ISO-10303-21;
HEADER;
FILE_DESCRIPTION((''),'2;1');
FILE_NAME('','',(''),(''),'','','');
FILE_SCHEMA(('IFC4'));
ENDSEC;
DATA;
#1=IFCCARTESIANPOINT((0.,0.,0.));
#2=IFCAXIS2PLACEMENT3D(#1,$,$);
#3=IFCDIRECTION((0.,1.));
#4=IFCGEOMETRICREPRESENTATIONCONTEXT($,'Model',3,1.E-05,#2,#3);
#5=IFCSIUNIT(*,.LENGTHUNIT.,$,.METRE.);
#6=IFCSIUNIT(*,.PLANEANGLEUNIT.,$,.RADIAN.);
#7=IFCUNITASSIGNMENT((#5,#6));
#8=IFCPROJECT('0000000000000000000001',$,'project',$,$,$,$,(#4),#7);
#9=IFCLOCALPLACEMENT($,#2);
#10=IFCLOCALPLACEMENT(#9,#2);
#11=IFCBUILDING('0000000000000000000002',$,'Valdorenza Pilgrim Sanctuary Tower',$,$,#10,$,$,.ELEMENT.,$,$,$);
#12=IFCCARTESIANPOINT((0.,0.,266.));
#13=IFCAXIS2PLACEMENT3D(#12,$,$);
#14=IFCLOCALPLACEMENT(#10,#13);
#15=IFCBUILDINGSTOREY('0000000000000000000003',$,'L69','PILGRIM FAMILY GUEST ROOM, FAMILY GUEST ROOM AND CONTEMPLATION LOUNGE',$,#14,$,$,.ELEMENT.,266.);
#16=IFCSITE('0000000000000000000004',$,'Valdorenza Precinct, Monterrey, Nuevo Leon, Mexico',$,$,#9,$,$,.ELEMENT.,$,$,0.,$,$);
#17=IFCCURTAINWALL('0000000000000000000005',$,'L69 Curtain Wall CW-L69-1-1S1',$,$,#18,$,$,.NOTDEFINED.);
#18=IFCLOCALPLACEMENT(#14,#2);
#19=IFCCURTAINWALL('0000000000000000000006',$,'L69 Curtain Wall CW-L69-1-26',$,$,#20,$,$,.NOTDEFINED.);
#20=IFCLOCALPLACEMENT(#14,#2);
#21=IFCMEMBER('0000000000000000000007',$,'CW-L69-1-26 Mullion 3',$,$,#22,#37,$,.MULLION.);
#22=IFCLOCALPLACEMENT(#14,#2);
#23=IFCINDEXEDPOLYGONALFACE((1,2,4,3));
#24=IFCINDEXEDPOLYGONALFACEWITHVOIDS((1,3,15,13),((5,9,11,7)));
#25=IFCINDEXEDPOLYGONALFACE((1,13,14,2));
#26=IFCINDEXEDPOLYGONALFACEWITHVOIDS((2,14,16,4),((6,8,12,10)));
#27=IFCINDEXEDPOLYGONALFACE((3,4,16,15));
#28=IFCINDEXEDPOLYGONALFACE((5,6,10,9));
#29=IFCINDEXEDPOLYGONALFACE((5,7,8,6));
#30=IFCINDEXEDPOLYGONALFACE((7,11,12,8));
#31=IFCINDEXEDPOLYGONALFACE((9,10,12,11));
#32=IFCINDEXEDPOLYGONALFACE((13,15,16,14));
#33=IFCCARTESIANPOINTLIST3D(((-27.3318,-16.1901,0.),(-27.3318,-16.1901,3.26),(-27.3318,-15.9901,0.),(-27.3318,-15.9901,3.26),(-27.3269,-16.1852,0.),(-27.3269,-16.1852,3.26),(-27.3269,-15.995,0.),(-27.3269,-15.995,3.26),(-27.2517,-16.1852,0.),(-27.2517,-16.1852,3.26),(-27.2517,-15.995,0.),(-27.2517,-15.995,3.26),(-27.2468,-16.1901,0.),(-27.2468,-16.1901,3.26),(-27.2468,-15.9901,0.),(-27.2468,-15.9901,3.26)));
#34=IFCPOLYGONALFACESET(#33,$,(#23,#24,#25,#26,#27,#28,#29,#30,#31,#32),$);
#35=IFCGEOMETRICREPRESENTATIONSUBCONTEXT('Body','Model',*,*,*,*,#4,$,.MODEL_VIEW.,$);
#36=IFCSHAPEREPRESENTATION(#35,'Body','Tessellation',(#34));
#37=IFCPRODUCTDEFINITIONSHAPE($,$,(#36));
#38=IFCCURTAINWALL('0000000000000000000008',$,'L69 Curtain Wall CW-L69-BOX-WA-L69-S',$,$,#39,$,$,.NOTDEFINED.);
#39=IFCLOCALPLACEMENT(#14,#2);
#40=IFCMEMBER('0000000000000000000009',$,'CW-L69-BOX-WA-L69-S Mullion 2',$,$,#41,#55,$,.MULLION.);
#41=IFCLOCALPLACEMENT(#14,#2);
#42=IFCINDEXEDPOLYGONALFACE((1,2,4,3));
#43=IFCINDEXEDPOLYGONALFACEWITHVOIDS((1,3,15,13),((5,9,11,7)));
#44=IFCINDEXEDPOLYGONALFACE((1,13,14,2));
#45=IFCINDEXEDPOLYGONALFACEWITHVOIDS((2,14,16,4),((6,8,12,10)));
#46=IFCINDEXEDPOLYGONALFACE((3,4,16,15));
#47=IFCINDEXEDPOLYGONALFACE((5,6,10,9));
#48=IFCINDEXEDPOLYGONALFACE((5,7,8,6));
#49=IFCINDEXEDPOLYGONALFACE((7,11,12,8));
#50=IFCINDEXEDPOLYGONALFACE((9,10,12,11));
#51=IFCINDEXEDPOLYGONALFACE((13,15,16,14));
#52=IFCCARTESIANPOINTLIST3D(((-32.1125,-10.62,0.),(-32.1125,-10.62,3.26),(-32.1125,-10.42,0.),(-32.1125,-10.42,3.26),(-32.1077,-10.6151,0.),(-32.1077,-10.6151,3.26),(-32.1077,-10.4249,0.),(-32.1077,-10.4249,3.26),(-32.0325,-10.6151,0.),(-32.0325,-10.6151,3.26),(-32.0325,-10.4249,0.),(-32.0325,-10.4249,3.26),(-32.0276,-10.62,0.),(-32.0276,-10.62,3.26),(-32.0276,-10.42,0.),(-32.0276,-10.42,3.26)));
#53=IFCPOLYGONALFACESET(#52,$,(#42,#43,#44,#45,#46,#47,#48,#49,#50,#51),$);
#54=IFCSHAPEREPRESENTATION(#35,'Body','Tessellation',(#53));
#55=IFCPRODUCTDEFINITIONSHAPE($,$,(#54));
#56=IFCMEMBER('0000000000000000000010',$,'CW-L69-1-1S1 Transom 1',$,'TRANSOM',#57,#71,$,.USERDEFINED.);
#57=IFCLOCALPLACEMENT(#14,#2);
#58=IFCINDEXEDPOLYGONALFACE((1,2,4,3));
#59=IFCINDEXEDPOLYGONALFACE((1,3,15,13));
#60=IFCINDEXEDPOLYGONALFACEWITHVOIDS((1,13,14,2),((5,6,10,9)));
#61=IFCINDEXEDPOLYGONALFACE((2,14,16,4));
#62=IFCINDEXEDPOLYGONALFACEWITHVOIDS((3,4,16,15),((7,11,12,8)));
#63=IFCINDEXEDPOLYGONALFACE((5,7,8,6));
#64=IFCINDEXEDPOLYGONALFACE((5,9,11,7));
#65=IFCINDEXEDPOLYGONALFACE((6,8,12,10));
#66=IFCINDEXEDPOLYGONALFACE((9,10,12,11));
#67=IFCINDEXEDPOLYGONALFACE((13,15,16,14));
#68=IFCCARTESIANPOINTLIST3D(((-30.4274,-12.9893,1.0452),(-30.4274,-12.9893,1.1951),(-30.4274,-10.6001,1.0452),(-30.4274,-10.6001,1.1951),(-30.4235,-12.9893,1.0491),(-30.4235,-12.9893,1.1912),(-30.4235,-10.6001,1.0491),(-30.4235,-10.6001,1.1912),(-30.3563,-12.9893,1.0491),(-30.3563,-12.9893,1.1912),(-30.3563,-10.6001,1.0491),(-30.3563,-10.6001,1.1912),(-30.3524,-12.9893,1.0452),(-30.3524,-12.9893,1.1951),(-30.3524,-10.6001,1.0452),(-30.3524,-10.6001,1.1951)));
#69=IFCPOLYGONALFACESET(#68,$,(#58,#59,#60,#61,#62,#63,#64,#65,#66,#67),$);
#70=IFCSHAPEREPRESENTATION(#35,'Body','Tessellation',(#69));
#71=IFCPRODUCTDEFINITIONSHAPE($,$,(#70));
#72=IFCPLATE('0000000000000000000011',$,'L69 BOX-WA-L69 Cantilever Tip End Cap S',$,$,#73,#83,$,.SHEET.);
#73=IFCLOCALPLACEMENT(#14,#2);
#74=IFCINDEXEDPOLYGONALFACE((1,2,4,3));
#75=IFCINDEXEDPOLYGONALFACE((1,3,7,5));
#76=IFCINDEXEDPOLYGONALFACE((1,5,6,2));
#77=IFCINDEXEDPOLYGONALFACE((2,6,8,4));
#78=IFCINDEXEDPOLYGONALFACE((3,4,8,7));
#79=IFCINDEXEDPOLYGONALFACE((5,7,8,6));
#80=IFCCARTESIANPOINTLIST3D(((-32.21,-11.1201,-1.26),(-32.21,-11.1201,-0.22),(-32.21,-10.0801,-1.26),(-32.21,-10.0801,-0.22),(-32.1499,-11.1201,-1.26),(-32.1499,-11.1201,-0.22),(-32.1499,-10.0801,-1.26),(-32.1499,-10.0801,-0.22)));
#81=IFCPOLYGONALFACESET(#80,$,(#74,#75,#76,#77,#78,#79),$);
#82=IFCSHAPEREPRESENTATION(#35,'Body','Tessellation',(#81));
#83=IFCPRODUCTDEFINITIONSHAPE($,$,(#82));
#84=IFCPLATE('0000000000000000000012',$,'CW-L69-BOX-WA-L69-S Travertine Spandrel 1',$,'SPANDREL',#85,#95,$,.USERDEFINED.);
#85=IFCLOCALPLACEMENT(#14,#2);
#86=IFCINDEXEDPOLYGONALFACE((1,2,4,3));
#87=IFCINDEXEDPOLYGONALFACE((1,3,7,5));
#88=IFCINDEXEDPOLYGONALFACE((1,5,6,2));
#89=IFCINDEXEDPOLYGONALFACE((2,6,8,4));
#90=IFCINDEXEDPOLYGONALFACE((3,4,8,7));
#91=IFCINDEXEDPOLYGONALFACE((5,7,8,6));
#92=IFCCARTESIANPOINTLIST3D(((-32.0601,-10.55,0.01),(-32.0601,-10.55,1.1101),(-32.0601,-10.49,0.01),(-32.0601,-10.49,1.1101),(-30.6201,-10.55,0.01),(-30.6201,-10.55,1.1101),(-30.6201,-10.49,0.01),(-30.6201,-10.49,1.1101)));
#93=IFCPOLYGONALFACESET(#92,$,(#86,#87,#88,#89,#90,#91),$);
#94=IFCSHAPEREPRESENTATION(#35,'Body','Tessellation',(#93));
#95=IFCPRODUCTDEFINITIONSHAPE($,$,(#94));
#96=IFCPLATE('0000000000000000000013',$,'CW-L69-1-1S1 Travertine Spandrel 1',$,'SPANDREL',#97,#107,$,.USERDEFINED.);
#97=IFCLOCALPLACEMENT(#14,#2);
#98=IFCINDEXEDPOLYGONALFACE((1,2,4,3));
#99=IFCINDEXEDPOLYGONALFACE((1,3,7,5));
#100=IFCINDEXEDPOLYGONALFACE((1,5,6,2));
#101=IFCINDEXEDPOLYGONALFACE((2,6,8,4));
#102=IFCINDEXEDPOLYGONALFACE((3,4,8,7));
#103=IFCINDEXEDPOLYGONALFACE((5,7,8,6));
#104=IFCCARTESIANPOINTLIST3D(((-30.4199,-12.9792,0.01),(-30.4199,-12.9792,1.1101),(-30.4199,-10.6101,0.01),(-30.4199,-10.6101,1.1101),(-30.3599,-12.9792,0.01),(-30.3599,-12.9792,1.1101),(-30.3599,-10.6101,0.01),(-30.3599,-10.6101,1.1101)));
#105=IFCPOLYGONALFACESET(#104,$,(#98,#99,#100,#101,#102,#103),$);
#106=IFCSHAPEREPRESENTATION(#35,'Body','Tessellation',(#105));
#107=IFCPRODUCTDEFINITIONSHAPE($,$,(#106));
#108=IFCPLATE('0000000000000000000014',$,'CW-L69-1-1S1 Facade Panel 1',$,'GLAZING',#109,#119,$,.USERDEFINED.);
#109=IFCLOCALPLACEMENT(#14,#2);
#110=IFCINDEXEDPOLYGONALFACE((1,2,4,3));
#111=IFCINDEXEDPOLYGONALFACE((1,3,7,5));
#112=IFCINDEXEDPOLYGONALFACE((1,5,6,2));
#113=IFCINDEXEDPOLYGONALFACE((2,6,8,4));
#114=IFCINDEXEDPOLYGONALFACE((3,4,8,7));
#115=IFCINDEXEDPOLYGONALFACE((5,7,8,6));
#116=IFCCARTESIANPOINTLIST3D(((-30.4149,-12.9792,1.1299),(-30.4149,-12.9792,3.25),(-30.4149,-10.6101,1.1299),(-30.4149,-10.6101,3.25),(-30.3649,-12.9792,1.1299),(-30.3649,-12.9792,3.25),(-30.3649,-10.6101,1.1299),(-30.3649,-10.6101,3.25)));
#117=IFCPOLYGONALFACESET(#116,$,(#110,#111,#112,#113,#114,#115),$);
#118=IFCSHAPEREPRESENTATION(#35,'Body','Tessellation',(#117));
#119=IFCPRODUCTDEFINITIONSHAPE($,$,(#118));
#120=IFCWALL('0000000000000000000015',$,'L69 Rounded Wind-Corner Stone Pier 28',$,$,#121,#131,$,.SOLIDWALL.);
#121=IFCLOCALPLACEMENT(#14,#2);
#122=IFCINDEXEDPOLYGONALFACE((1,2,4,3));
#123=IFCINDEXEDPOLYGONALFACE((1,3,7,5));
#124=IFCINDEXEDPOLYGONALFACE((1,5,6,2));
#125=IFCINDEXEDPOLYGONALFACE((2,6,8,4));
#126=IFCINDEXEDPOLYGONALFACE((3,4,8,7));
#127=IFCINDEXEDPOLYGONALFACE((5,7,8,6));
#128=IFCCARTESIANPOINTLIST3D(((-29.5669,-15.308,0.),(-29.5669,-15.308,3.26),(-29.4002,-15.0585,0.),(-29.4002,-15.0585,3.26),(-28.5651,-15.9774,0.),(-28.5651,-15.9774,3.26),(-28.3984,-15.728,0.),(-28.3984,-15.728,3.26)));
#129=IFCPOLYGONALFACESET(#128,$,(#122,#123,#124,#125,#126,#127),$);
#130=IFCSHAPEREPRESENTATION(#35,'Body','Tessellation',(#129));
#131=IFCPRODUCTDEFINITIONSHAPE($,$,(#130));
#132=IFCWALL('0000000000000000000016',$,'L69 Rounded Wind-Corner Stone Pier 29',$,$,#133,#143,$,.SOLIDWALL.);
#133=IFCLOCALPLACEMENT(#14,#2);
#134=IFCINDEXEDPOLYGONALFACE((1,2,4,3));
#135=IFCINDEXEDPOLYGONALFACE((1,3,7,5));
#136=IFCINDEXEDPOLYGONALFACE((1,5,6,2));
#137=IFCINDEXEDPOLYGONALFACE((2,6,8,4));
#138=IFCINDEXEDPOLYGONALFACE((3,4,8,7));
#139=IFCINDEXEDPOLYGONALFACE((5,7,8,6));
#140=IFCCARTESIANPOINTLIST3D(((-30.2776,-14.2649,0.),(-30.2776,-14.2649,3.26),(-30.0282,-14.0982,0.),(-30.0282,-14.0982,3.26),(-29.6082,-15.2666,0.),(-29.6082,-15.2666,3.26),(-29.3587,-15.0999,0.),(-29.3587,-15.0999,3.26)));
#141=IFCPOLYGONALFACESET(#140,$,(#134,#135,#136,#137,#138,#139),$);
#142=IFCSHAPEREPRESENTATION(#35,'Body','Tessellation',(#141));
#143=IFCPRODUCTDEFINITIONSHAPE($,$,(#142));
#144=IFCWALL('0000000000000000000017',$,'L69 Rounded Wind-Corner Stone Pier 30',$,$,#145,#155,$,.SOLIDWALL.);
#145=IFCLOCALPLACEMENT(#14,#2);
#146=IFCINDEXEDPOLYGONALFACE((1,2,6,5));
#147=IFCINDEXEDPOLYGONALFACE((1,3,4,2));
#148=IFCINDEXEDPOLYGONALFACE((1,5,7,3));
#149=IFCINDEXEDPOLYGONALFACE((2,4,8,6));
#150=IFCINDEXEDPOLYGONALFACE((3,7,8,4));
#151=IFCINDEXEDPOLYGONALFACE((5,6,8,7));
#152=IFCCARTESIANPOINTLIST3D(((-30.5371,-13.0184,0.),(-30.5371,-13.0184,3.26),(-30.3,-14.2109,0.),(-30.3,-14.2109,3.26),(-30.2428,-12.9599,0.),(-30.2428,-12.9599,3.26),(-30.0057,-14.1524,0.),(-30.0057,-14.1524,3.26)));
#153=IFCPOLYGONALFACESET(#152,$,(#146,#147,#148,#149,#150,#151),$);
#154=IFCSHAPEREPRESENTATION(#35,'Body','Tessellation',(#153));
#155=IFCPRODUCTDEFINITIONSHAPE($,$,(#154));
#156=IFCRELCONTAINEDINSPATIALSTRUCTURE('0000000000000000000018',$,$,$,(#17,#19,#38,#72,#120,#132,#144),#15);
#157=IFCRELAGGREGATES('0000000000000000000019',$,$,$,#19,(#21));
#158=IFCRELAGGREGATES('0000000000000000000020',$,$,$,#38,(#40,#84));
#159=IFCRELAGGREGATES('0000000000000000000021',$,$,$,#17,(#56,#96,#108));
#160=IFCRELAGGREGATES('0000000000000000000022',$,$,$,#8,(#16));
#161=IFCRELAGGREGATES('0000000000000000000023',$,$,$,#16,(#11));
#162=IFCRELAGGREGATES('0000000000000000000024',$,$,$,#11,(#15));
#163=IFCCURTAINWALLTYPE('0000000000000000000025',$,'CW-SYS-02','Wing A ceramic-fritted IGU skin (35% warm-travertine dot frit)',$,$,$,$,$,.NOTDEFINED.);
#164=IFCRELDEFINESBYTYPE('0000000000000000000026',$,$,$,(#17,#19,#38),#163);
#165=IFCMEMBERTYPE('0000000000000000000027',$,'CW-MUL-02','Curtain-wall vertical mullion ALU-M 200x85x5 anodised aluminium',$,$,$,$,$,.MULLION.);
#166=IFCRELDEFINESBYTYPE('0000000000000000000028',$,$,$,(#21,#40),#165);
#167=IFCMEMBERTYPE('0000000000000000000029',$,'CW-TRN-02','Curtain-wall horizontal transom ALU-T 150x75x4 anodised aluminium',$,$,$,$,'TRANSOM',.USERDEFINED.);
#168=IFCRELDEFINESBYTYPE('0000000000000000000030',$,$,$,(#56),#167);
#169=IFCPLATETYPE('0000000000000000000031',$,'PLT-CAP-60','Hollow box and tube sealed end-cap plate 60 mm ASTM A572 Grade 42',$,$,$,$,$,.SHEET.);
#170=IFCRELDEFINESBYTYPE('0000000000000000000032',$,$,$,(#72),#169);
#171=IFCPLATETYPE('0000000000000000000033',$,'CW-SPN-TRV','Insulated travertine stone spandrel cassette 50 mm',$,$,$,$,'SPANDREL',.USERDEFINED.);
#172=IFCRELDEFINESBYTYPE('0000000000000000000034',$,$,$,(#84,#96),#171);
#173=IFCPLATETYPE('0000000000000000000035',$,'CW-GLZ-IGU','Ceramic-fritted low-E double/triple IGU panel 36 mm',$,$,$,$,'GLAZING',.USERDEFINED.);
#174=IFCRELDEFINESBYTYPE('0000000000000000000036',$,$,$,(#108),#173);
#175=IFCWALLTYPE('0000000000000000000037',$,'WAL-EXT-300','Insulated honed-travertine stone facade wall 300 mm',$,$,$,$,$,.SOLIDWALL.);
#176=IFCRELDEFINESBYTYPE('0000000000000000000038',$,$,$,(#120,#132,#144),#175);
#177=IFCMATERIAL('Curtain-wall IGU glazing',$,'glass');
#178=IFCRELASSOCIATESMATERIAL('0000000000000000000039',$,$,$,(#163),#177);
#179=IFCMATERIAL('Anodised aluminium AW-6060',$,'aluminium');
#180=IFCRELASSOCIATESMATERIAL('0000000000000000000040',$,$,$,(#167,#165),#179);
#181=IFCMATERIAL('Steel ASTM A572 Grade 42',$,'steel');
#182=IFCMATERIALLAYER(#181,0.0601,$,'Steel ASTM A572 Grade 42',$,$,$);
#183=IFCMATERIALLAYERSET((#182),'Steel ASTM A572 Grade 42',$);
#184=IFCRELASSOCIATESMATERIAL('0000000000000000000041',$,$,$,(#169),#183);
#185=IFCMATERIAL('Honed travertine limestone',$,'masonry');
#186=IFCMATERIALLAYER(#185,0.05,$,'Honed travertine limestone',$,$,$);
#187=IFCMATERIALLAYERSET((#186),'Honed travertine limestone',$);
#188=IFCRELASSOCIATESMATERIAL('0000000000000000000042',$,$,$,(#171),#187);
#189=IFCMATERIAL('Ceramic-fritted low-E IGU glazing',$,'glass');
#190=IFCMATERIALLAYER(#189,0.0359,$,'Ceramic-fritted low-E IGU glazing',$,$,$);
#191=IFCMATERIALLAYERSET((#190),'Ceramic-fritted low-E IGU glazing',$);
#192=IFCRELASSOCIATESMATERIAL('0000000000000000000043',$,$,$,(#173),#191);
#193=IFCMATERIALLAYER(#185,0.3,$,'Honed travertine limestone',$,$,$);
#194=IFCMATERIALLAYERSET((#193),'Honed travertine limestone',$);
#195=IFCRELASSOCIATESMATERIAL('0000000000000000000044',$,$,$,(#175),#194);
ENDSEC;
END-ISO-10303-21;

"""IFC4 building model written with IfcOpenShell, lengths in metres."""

from ifc_helpers import new_model, si_unit, direction, frame, frame_2d, origin, origin_2d, place, context, subcontext, project, spatial, rectangle, hollow_rectangle, extrude, source, transform, mapped, material, layer, layer_set, material_profile, profile_set, type_object, element, aggregate, save


model = new_model("IFC4")

# Units and contexts
model_context = context("Model", 3, precision=1e-05, world=origin(), true_north=direction((0.0, 1.0)))
body_context = subcontext(model_context, "Body", "Model", "MODEL_VIEW")
ifc_project = project(units=[si_unit("LENGTHUNIT", "METRE"), si_unit("PLANEANGLEUNIT", "RADIAN")], contexts=[model_context])

# Site, building, storey
site_placement = place(None, origin())
site = spatial("IfcSite", under=ifc_project, at=site_placement, Name="Valdorenza Precinct, Monterrey, Nuevo Leon, Mexico", CompositionType="ELEMENT", RefElevation=0.0)
building_placement = place(site_placement, origin())
building = spatial("IfcBuilding", under=site, at=building_placement, Name="Valdorenza Pilgrim Sanctuary Tower", CompositionType="ELEMENT")
storey_placement = place(building_placement, frame((0.0, 0.0, 266.0)))
storey = spatial("IfcBuildingStorey", under=building, at=storey_placement, Name="L69", Description="PILGRIM FAMILY GUEST ROOM, FAMILY GUEST ROOM AND CONTEMPLATION LOUNGE", CompositionType="ELEMENT", Elevation=266.0)

# Shared definitions
ifc_material_1 = material(Name="Steel ASTM A572 Grade 42", Category="steel")

# Shared definitions
ifc_material_2 = material(Name="Curtain-wall IGU glazing", Category="glass")
curtain_wall_type = type_object("IfcCurtainWallType", Name="CW-SYS-02", Description="Wing A ceramic-fritted IGU skin (35% warm-travertine dot frit)", PredefinedType="NOTDEFINED", material=ifc_material_2)
ifc_material_3 = material(Name="Anodised aluminium AW-6060", Category="aluminium")
ifc_material_profile_1 = material_profile(ifc_material_3, hollow_rectangle(XDim=0.075, YDim=0.1499, WallThickness=0.0039, at=origin_2d()), Name="ALU-T 150x75x4")
ifc_profile_set_1 = profile_set([ifc_material_profile_1], Name="Anodised aluminium AW-6060")
member_type_1 = type_object("IfcMemberType", Name="CW-TRN-02", Description="Curtain-wall horizontal transom ALU-T 150x75x4 anodised aluminium", ElementType="TRANSOM", PredefinedType="USERDEFINED", material=ifc_profile_set_1)

# Curtain wall
curtain_wall_1_placement = place(storey_placement, origin())
curtain_wall_1 = element("IfcCurtainWall", 1, at=curtain_wall_1_placement, inside=storey, type_object=curtain_wall_type, Name="L69 Curtain Wall CW-L69-1-1S1", PredefinedType="NOTDEFINED")
ifc_material_profile_2 = material_profile(ifc_material_3, hollow_rectangle(XDim=0.085, YDim=0.2, WallThickness=0.0049, at=origin_2d()), Name="ALU-M 200x85x5")
ifc_profile_set_2 = profile_set([ifc_material_profile_2], Name="Anodised aluminium AW-6060")
member_type_2 = type_object("IfcMemberType", Name="CW-MUL-02", Description="Curtain-wall vertical mullion ALU-M 200x85x5 anodised aluminium", PredefinedType="MULLION", material=ifc_profile_set_2)
shared_shape_1 = source(origin(), body_context, "Body", "SweptSolid", [
    extrude(hollow_rectangle(XDim=0.085, YDim=0.2, WallThickness=0.0049, at=origin_2d()), origin(), (0.0, 0.0, 1.0), 3.26),
])

# Curtain walls, members
curtain_wall_2_placement = place(storey_placement, origin())
curtain_wall_2 = element("IfcCurtainWall", 2, at=curtain_wall_2_placement, inside=storey, type_object=curtain_wall_type, Name="L69 Curtain Wall CW-L69-1-26", PredefinedType="NOTDEFINED")
member_1_placement = place(storey_placement, frame((-27.2893, -16.0901, 0.0), z_axis=(0.0, 0.0, 1.0), x_axis=(-1.0, 0.0, 0.0)))
member_1 = element("IfcMember", 3, at=member_1_placement, type_object=member_type_2, Name="CW-L69-1-26 Mullion 3", PredefinedType="MULLION", context=body_context, shape_type="MappedRepresentation", body=[
    mapped(shared_shape_1, transform((0.0, 0.0, 0.0), x_axis=(1.0, 0.0, 0.0), y_axis=(0.0, 1.0, 0.0), z_axis=(0.0, 0.0, 1.0), scale=1.0)),
])
aggregate(curtain_wall_2, [member_1])
curtain_wall_3_placement = place(storey_placement, origin())
curtain_wall_3 = element("IfcCurtainWall", 4, at=curtain_wall_3_placement, inside=storey, type_object=curtain_wall_type, Name="L69 Curtain Wall CW-L69-BOX-WA-L69-S", PredefinedType="NOTDEFINED")
member_2_placement = place(storey_placement, frame((-32.0701, -10.52, 0.0), z_axis=(0.0, 0.0, 1.0), x_axis=(-1.0, 0.0, 0.0)))
member_2 = element("IfcMember", 5, at=member_2_placement, type_object=member_type_2, Name="CW-L69-BOX-WA-L69-S Mullion 2", PredefinedType="MULLION", context=body_context, shape_type="MappedRepresentation", body=[
    mapped(shared_shape_1, transform((0.0, 0.0, 0.0), x_axis=(1.0, 0.0, 0.0), y_axis=(0.0, 1.0, 0.0), z_axis=(0.0, 0.0, 1.0), scale=1.0)),
])

# Member
shared_shape_2 = source(origin(), body_context, "Body", "SweptSolid", [
    extrude(hollow_rectangle(XDim=0.075, YDim=0.1499, WallThickness=0.0039, at=origin_2d()), origin(), (0.0, 0.0, 1.0), 2.3892),
])
member_3_placement = place(storey_placement, frame((-30.3899, -12.9893, 1.1201), z_axis=(0.0, 1.0, 0.0), x_axis=(-1.0, 0.0, 0.0)))
member_3 = element("IfcMember", 6, at=member_3_placement, type_object=member_type_1, Name="CW-L69-1-1S1 Transom 1", ObjectType="TRANSOM", PredefinedType="USERDEFINED", context=body_context, shape_type="MappedRepresentation", body=[
    mapped(shared_shape_2, transform((0.0, 0.0, 0.0), x_axis=(1.0, 0.0, 0.0), y_axis=(0.0, 1.0, 0.0), z_axis=(0.0, 0.0, 1.0), scale=1.0)),
])

# Plates
ifc_layer_1 = layer(ifc_material_1, 0.0601, Name="Steel ASTM A572 Grade 42")
ifc_layer_set_1 = layer_set([ifc_layer_1], Name="Steel ASTM A572 Grade 42")
plate_type_1 = type_object("IfcPlateType", Name="PLT-CAP-60", Description="Hollow box and tube sealed end-cap plate 60 mm ASTM A572 Grade 42", PredefinedType="SHEET", material=ifc_layer_set_1)
shared_shape_3 = source(origin(), body_context, "Body", "SweptSolid", [
    extrude(rectangle(XDim=0.0601, YDim=1.04, at=origin_2d()), origin(), (0.0, 0.0, 1.0), 1.04),
])
plate_1_placement = place(storey_placement, frame((-32.1799, -10.6001, -1.26), z_axis=(0.0, 0.0, 1.0), x_axis=(1.0, 0.0, 0.0)))
element("IfcPlate", 7, at=plate_1_placement, inside=storey, type_object=plate_type_1, Name="L69 BOX-WA-L69 Cantilever Tip End Cap S", PredefinedType="SHEET", context=body_context, shape_type="MappedRepresentation", body=[
    mapped(shared_shape_3, transform((0.0, 0.0, 0.0), x_axis=(1.0, 0.0, 0.0), y_axis=(0.0, 1.0, 0.0), z_axis=(0.0, 0.0, 1.0), scale=1.0)),
])
ifc_material_4 = material(Name="Honed travertine limestone", Category="masonry")
ifc_layer_2 = layer(ifc_material_4, 0.05, Name="Honed travertine limestone")
ifc_layer_set_2 = layer_set([ifc_layer_2], Name="Honed travertine limestone")
plate_type_2 = type_object("IfcPlateType", Name="CW-SPN-TRV", Description="Insulated travertine stone spandrel cassette 50 mm", ElementType="SPANDREL", PredefinedType="USERDEFINED", material=ifc_layer_set_2)
shared_shape_4 = source(origin(), body_context, "Body", "SweptSolid", [
    extrude(rectangle(XDim=1.4399, YDim=0.0601, at=origin_2d()), origin(), (0.0, 0.0, 1.0), 1.1001),
])
plate_2_placement = place(storey_placement, frame((-31.3401, -10.52, 0.01), z_axis=(0.0, 0.0, 1.0), x_axis=(-1.0, 0.0, 0.0)))
plate_2 = element("IfcPlate", 8, at=plate_2_placement, type_object=plate_type_2, Name="CW-L69-BOX-WA-L69-S Travertine Spandrel 1", ObjectType="SPANDREL", PredefinedType="USERDEFINED", context=body_context, shape_type="MappedRepresentation", body=[
    mapped(shared_shape_4, transform((0.0, 0.0, 0.0), x_axis=(1.0, 0.0, 0.0), y_axis=(0.0, 1.0, 0.0), z_axis=(0.0, 0.0, 1.0), scale=1.0)),
])
aggregate(curtain_wall_3, [member_2, plate_2])
shared_shape_5 = source(origin(), body_context, "Body", "SweptSolid", [
    extrude(rectangle(XDim=2.3691, YDim=0.0601, at=origin_2d()), origin(), (0.0, 0.0, 1.0), 1.1001),
])
plate_3_placement = place(storey_placement, frame((-30.3899, -11.7947, 0.01), z_axis=(0.0, 0.0, 1.0), x_axis=(0.0, 1.0, 0.0)))
plate_3 = element("IfcPlate", 9, at=plate_3_placement, type_object=plate_type_2, Name="CW-L69-1-1S1 Travertine Spandrel 1", ObjectType="SPANDREL", PredefinedType="USERDEFINED", context=body_context, shape_type="MappedRepresentation", body=[
    mapped(shared_shape_5, transform((0.0, 0.0, 0.0), x_axis=(1.0, 0.0, 0.0), y_axis=(0.0, 1.0, 0.0), z_axis=(0.0, 0.0, 1.0), scale=1.0)),
])
ifc_material_5 = material(Name="Ceramic-fritted low-E IGU glazing", Category="glass")
ifc_layer_3 = layer(ifc_material_5, 0.0359, Name="Ceramic-fritted low-E IGU glazing")
ifc_layer_set_3 = layer_set([ifc_layer_3], Name="Ceramic-fritted low-E IGU glazing")
plate_type_3 = type_object("IfcPlateType", Name="CW-GLZ-IGU", Description="Ceramic-fritted low-E double/triple IGU panel 36 mm", ElementType="GLAZING", PredefinedType="USERDEFINED", material=ifc_layer_set_3)
shared_shape_6 = source(origin(), body_context, "Body", "SweptSolid", [
    extrude(rectangle(XDim=2.3691, YDim=0.05, at=origin_2d()), origin(), (0.0, 0.0, 1.0), 2.1201),
])
plate_4_placement = place(storey_placement, frame((-30.3899, -11.7947, 1.1299), z_axis=(0.0, 0.0, 1.0), x_axis=(0.0, 1.0, 0.0)))
plate_4 = element("IfcPlate", 10, at=plate_4_placement, type_object=plate_type_3, Name="CW-L69-1-1S1 Facade Panel 1", ObjectType="GLAZING", PredefinedType="USERDEFINED", context=body_context, shape_type="MappedRepresentation", body=[
    mapped(shared_shape_6, transform((0.0, 0.0, 0.0), x_axis=(1.0, 0.0, 0.0), y_axis=(0.0, 1.0, 0.0), z_axis=(0.0, 0.0, 1.0), scale=1.0)),
])
aggregate(curtain_wall_1, [member_3, plate_3, plate_4])

# Walls
ifc_layer_4 = layer(ifc_material_4, 0.3, Name="Honed travertine limestone")
ifc_layer_set_4 = layer_set([ifc_layer_4], Name="Honed travertine limestone")
wall_type = type_object("IfcWallType", Name="WAL-EXT-300", Description="Insulated honed-travertine stone facade wall 300 mm", PredefinedType="SOLIDWALL", material=ifc_layer_set_4)
for number, where, z_axis, x_axis, name in (
    (11, (-28.4817, -15.8528, 0.0), (0.0, 0.0, 1.0), (-0.831426, 0.555635, 0.0), "L69 Rounded Wind-Corner Stone Pier 28"),
    (12, (-29.4834, -15.1833, 0.0), (0.0, 0.0, 1.0), (-0.555635, 0.831426, 0.0), "L69 Rounded Wind-Corner Stone Pier 29"),
):
    element("IfcWall", number, at=place(storey_placement, frame(where, z_axis=z_axis, x_axis=x_axis)), inside=storey, type_object=wall_type, Name=name, PredefinedType="SOLIDWALL", context=body_context, shape_type="SweptSolid", body=[
        extrude(rectangle(XDim=1.2048, YDim=0.3, at=frame_2d((0.6025, 0.0))), origin(), (0.0, 0.0, 1.0), 3.26),
    ])
wall_placement = place(storey_placement, frame((-30.1528, -14.1816, 0.0), z_axis=(0.0, 0.0, 1.0), x_axis=(-0.194996, 0.980804, 0.0)))
element("IfcWall", 13, at=wall_placement, inside=storey, type_object=wall_type, Name="L69 Rounded Wind-Corner Stone Pier 30", PredefinedType="SOLIDWALL", context=body_context, shape_type="SweptSolid", body=[
    extrude(rectangle(XDim=1.2158, YDim=0.3, at=frame_2d((0.6079, 0.0))), origin(), (0.0, 0.0, 1.0), 3.26),
])

save(model, "model.ifc")
